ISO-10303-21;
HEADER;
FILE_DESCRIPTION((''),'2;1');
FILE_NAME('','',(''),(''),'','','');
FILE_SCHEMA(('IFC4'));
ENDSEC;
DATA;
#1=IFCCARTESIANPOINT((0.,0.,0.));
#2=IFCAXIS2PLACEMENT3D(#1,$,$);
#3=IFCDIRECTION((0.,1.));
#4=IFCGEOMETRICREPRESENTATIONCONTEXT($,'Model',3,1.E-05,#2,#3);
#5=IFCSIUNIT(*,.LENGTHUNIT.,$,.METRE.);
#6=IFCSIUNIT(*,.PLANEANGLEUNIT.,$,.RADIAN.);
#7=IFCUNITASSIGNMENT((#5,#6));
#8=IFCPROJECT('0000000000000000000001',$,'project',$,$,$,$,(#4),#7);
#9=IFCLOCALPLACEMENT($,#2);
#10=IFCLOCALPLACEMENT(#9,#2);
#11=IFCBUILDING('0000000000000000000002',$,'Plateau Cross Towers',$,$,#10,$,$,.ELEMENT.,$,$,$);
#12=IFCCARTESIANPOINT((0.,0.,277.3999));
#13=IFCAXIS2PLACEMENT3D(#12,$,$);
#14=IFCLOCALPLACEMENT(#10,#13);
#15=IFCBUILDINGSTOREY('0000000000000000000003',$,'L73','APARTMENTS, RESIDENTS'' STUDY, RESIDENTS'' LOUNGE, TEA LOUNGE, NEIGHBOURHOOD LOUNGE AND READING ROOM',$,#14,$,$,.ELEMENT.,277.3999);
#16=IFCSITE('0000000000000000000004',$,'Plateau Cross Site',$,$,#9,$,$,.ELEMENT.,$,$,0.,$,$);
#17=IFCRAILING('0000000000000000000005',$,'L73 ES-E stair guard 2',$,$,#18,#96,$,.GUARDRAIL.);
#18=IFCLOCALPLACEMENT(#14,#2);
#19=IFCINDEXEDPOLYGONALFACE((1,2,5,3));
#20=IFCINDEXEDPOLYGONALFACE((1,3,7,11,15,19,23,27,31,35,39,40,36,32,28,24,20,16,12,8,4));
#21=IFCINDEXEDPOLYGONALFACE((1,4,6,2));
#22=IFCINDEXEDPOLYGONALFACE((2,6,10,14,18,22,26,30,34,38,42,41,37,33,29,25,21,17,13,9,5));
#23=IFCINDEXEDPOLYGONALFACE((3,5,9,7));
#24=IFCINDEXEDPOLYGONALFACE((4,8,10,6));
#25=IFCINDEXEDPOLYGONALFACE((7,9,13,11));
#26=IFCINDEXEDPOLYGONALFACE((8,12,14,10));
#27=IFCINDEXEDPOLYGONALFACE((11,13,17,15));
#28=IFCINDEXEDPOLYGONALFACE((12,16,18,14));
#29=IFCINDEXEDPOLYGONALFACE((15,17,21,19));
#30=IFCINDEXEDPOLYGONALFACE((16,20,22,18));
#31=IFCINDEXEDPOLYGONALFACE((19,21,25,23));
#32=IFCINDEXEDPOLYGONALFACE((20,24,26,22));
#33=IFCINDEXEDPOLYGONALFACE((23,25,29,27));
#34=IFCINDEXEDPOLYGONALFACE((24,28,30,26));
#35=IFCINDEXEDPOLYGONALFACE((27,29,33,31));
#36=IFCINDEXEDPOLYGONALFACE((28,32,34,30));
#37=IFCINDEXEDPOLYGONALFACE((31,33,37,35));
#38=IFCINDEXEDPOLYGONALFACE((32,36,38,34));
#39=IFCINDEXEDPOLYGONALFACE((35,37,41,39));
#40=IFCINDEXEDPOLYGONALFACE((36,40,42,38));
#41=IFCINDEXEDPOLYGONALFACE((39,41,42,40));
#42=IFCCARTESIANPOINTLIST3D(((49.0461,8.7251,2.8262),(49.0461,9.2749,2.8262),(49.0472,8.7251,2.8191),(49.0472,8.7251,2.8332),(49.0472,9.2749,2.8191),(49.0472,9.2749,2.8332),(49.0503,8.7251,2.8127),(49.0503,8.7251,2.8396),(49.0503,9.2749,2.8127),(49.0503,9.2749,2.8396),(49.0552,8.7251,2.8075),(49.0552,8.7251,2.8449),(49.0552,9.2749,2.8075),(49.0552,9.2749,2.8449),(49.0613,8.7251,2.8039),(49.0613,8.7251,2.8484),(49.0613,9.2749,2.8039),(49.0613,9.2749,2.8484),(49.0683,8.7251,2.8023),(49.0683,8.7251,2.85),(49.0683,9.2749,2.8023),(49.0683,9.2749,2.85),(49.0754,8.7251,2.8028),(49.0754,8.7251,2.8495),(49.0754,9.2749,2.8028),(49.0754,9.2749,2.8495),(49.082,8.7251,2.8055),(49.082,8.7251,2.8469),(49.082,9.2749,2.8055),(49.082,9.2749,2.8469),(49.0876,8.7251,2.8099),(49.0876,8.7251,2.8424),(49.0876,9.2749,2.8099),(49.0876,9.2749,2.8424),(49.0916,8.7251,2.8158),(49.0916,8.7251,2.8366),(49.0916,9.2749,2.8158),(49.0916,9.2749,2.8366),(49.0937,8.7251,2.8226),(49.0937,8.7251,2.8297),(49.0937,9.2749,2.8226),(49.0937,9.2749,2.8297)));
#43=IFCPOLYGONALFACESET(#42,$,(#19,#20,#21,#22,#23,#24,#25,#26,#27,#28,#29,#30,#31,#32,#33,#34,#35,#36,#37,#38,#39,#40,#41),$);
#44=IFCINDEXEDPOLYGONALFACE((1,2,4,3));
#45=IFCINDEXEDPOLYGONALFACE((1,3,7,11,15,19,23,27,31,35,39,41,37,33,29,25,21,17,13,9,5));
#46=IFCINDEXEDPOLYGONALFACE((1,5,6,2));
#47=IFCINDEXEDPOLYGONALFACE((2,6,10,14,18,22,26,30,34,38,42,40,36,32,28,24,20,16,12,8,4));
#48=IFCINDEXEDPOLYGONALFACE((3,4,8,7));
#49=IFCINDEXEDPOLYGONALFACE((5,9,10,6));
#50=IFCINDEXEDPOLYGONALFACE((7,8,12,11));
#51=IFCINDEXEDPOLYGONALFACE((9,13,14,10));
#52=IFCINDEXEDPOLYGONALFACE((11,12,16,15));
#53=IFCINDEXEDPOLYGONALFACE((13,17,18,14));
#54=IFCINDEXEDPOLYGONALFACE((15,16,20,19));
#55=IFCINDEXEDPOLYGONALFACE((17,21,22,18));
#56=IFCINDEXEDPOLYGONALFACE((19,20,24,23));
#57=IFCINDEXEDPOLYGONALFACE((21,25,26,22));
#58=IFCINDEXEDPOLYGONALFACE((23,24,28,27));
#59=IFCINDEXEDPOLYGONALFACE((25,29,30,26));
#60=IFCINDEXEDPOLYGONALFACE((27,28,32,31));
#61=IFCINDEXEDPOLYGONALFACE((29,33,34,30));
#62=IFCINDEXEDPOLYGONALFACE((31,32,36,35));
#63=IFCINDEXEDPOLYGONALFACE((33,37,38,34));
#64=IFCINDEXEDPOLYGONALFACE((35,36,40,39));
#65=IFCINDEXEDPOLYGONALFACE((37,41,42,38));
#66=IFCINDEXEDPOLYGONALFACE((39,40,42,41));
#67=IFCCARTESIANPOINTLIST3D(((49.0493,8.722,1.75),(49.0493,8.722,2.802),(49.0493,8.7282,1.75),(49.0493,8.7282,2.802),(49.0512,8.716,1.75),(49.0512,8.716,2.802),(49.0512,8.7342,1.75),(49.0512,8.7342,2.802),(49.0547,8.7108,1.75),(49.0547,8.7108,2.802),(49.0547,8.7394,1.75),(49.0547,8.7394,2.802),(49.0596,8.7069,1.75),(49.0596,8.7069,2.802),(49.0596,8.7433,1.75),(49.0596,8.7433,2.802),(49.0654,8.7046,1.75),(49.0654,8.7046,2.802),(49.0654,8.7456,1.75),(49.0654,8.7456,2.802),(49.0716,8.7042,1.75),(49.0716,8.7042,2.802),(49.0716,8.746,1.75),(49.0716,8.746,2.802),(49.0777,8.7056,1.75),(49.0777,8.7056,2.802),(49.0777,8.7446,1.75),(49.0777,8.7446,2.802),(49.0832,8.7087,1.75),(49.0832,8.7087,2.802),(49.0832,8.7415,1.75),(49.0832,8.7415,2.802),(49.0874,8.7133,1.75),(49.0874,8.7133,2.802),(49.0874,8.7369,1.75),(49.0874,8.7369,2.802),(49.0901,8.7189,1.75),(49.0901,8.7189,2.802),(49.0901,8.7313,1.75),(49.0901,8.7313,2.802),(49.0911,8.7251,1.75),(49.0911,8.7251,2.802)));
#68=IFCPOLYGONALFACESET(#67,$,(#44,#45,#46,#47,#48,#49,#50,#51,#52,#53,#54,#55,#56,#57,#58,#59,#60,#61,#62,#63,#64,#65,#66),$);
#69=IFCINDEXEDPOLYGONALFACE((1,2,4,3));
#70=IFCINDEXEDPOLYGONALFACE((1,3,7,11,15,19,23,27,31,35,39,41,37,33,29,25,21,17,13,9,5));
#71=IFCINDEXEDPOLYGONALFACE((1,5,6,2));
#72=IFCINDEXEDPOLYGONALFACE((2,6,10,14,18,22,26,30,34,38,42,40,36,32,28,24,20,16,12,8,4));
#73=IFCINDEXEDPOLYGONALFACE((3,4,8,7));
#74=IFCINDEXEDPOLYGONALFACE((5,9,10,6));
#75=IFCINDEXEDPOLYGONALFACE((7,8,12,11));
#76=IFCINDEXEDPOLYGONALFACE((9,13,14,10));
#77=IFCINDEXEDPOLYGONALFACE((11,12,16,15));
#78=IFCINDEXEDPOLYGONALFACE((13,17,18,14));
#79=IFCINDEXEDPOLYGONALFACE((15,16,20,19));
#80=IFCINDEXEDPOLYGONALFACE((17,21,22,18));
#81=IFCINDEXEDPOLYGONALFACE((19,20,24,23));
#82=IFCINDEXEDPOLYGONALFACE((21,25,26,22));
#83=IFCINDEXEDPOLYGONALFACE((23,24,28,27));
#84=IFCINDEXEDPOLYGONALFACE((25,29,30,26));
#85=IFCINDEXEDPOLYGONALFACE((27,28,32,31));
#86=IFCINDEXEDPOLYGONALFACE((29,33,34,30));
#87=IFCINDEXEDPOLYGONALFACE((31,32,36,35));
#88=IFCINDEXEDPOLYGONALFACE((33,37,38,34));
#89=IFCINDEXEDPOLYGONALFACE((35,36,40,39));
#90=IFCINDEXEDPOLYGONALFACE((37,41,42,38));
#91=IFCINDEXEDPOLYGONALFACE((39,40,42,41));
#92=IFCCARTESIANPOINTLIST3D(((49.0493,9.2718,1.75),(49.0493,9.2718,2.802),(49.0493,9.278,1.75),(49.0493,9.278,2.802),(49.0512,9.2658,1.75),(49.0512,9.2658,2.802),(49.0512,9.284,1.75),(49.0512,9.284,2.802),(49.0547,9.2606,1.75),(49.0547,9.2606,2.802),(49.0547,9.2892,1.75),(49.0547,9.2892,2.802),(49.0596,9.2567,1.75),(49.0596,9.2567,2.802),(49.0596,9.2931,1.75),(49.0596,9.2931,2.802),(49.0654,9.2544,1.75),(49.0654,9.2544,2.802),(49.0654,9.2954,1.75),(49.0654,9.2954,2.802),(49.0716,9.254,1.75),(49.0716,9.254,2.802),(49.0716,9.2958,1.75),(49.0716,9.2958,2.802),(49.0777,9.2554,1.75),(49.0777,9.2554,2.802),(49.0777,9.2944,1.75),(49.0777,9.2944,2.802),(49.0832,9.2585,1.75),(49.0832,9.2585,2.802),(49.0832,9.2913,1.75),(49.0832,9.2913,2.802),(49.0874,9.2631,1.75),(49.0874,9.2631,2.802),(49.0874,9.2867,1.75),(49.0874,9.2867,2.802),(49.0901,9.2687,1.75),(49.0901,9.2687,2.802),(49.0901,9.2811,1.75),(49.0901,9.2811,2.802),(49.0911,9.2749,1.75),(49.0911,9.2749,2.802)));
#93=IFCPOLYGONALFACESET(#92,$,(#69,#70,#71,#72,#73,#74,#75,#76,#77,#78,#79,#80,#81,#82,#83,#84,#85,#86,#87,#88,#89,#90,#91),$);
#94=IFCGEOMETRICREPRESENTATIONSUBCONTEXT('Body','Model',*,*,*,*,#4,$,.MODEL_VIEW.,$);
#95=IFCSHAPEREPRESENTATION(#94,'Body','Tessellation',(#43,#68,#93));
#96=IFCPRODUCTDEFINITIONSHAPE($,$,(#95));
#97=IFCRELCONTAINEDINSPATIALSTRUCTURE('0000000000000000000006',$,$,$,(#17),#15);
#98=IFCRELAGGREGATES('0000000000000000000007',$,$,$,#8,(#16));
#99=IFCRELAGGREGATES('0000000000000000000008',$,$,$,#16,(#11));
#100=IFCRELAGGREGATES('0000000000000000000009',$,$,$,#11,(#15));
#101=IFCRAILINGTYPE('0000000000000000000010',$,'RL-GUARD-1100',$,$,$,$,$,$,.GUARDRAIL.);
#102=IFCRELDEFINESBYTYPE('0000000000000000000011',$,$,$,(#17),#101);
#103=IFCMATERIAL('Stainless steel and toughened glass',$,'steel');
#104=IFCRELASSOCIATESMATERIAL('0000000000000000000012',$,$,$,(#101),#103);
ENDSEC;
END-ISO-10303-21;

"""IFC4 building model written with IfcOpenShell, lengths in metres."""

from ifc_helpers import new_model, si_unit, direction, frame, origin, origin_2d, place, context, subcontext, project, spatial, circle, extrude, material, type_object, element, save


model = new_model("IFC4")

# Units and contexts
model_context = context("Model", 3, precision=1e-05, world=origin(), true_north=direction((0.0, 1.0)))
body_context = subcontext(model_context, "Body", "Model", "MODEL_VIEW")
ifc_project = project(units=[si_unit("LENGTHUNIT", "METRE"), si_unit("PLANEANGLEUNIT", "RADIAN")], contexts=[model_context])

# Site, building, storey
site_placement = place(None, origin())
site = spatial("IfcSite", under=ifc_project, at=site_placement, Name="Plateau Cross Site", CompositionType="ELEMENT", RefElevation=0.0)
building_placement = place(site_placement, origin())
building = spatial("IfcBuilding", under=site, at=building_placement, Name="Plateau Cross Towers", CompositionType="ELEMENT")
storey_placement = place(building_placement, frame((0.0, 0.0, 277.3999)))
storey = spatial("IfcBuildingStorey", under=building, at=storey_placement, Name="L73", Description="APARTMENTS, RESIDENTS' STUDY, RESIDENTS' LOUNGE, TEA LOUNGE, NEIGHBOURHOOD LOUNGE AND READING ROOM", CompositionType="ELEMENT", Elevation=277.3999)

# Railing
ifc_material_1 = material(Name="Stainless steel and toughened glass", Category="steel")
railing_type_1 = type_object("IfcRailingType", Name="RL-GUARD-1100", PredefinedType="GUARDRAIL", material=ifc_material_1)
railing_1_placement = place(storey_placement, frame((49.0701, 8.7251, 1.75)))
element("IfcRailing", 1, at=railing_1_placement, inside=storey, type_object=railing_type_1, Name="L73 ES-E stair guard 2", PredefinedType="GUARDRAIL", context=body_context, shape_type="SweptSolid", body=[
    extrude(circle(Radius=0.0239, at=origin_2d()), frame((0.0, 0.0, 1.0762), z_axis=(0.0, 1.0, 0.0), x_axis=(-1.0, 0.0, 0.0)), (0.0, 0.0, 1.0), 0.5498),
    extrude(circle(Radius=0.021, at=origin_2d()), origin(), (0.0, 0.0, 1.0), 1.052),
    extrude(circle(Radius=0.021, at=origin_2d()), frame((0.0, 0.5498, 0.0)), (0.0, 0.0, 1.0), 1.052),
])

save(model, "model.ifc")
